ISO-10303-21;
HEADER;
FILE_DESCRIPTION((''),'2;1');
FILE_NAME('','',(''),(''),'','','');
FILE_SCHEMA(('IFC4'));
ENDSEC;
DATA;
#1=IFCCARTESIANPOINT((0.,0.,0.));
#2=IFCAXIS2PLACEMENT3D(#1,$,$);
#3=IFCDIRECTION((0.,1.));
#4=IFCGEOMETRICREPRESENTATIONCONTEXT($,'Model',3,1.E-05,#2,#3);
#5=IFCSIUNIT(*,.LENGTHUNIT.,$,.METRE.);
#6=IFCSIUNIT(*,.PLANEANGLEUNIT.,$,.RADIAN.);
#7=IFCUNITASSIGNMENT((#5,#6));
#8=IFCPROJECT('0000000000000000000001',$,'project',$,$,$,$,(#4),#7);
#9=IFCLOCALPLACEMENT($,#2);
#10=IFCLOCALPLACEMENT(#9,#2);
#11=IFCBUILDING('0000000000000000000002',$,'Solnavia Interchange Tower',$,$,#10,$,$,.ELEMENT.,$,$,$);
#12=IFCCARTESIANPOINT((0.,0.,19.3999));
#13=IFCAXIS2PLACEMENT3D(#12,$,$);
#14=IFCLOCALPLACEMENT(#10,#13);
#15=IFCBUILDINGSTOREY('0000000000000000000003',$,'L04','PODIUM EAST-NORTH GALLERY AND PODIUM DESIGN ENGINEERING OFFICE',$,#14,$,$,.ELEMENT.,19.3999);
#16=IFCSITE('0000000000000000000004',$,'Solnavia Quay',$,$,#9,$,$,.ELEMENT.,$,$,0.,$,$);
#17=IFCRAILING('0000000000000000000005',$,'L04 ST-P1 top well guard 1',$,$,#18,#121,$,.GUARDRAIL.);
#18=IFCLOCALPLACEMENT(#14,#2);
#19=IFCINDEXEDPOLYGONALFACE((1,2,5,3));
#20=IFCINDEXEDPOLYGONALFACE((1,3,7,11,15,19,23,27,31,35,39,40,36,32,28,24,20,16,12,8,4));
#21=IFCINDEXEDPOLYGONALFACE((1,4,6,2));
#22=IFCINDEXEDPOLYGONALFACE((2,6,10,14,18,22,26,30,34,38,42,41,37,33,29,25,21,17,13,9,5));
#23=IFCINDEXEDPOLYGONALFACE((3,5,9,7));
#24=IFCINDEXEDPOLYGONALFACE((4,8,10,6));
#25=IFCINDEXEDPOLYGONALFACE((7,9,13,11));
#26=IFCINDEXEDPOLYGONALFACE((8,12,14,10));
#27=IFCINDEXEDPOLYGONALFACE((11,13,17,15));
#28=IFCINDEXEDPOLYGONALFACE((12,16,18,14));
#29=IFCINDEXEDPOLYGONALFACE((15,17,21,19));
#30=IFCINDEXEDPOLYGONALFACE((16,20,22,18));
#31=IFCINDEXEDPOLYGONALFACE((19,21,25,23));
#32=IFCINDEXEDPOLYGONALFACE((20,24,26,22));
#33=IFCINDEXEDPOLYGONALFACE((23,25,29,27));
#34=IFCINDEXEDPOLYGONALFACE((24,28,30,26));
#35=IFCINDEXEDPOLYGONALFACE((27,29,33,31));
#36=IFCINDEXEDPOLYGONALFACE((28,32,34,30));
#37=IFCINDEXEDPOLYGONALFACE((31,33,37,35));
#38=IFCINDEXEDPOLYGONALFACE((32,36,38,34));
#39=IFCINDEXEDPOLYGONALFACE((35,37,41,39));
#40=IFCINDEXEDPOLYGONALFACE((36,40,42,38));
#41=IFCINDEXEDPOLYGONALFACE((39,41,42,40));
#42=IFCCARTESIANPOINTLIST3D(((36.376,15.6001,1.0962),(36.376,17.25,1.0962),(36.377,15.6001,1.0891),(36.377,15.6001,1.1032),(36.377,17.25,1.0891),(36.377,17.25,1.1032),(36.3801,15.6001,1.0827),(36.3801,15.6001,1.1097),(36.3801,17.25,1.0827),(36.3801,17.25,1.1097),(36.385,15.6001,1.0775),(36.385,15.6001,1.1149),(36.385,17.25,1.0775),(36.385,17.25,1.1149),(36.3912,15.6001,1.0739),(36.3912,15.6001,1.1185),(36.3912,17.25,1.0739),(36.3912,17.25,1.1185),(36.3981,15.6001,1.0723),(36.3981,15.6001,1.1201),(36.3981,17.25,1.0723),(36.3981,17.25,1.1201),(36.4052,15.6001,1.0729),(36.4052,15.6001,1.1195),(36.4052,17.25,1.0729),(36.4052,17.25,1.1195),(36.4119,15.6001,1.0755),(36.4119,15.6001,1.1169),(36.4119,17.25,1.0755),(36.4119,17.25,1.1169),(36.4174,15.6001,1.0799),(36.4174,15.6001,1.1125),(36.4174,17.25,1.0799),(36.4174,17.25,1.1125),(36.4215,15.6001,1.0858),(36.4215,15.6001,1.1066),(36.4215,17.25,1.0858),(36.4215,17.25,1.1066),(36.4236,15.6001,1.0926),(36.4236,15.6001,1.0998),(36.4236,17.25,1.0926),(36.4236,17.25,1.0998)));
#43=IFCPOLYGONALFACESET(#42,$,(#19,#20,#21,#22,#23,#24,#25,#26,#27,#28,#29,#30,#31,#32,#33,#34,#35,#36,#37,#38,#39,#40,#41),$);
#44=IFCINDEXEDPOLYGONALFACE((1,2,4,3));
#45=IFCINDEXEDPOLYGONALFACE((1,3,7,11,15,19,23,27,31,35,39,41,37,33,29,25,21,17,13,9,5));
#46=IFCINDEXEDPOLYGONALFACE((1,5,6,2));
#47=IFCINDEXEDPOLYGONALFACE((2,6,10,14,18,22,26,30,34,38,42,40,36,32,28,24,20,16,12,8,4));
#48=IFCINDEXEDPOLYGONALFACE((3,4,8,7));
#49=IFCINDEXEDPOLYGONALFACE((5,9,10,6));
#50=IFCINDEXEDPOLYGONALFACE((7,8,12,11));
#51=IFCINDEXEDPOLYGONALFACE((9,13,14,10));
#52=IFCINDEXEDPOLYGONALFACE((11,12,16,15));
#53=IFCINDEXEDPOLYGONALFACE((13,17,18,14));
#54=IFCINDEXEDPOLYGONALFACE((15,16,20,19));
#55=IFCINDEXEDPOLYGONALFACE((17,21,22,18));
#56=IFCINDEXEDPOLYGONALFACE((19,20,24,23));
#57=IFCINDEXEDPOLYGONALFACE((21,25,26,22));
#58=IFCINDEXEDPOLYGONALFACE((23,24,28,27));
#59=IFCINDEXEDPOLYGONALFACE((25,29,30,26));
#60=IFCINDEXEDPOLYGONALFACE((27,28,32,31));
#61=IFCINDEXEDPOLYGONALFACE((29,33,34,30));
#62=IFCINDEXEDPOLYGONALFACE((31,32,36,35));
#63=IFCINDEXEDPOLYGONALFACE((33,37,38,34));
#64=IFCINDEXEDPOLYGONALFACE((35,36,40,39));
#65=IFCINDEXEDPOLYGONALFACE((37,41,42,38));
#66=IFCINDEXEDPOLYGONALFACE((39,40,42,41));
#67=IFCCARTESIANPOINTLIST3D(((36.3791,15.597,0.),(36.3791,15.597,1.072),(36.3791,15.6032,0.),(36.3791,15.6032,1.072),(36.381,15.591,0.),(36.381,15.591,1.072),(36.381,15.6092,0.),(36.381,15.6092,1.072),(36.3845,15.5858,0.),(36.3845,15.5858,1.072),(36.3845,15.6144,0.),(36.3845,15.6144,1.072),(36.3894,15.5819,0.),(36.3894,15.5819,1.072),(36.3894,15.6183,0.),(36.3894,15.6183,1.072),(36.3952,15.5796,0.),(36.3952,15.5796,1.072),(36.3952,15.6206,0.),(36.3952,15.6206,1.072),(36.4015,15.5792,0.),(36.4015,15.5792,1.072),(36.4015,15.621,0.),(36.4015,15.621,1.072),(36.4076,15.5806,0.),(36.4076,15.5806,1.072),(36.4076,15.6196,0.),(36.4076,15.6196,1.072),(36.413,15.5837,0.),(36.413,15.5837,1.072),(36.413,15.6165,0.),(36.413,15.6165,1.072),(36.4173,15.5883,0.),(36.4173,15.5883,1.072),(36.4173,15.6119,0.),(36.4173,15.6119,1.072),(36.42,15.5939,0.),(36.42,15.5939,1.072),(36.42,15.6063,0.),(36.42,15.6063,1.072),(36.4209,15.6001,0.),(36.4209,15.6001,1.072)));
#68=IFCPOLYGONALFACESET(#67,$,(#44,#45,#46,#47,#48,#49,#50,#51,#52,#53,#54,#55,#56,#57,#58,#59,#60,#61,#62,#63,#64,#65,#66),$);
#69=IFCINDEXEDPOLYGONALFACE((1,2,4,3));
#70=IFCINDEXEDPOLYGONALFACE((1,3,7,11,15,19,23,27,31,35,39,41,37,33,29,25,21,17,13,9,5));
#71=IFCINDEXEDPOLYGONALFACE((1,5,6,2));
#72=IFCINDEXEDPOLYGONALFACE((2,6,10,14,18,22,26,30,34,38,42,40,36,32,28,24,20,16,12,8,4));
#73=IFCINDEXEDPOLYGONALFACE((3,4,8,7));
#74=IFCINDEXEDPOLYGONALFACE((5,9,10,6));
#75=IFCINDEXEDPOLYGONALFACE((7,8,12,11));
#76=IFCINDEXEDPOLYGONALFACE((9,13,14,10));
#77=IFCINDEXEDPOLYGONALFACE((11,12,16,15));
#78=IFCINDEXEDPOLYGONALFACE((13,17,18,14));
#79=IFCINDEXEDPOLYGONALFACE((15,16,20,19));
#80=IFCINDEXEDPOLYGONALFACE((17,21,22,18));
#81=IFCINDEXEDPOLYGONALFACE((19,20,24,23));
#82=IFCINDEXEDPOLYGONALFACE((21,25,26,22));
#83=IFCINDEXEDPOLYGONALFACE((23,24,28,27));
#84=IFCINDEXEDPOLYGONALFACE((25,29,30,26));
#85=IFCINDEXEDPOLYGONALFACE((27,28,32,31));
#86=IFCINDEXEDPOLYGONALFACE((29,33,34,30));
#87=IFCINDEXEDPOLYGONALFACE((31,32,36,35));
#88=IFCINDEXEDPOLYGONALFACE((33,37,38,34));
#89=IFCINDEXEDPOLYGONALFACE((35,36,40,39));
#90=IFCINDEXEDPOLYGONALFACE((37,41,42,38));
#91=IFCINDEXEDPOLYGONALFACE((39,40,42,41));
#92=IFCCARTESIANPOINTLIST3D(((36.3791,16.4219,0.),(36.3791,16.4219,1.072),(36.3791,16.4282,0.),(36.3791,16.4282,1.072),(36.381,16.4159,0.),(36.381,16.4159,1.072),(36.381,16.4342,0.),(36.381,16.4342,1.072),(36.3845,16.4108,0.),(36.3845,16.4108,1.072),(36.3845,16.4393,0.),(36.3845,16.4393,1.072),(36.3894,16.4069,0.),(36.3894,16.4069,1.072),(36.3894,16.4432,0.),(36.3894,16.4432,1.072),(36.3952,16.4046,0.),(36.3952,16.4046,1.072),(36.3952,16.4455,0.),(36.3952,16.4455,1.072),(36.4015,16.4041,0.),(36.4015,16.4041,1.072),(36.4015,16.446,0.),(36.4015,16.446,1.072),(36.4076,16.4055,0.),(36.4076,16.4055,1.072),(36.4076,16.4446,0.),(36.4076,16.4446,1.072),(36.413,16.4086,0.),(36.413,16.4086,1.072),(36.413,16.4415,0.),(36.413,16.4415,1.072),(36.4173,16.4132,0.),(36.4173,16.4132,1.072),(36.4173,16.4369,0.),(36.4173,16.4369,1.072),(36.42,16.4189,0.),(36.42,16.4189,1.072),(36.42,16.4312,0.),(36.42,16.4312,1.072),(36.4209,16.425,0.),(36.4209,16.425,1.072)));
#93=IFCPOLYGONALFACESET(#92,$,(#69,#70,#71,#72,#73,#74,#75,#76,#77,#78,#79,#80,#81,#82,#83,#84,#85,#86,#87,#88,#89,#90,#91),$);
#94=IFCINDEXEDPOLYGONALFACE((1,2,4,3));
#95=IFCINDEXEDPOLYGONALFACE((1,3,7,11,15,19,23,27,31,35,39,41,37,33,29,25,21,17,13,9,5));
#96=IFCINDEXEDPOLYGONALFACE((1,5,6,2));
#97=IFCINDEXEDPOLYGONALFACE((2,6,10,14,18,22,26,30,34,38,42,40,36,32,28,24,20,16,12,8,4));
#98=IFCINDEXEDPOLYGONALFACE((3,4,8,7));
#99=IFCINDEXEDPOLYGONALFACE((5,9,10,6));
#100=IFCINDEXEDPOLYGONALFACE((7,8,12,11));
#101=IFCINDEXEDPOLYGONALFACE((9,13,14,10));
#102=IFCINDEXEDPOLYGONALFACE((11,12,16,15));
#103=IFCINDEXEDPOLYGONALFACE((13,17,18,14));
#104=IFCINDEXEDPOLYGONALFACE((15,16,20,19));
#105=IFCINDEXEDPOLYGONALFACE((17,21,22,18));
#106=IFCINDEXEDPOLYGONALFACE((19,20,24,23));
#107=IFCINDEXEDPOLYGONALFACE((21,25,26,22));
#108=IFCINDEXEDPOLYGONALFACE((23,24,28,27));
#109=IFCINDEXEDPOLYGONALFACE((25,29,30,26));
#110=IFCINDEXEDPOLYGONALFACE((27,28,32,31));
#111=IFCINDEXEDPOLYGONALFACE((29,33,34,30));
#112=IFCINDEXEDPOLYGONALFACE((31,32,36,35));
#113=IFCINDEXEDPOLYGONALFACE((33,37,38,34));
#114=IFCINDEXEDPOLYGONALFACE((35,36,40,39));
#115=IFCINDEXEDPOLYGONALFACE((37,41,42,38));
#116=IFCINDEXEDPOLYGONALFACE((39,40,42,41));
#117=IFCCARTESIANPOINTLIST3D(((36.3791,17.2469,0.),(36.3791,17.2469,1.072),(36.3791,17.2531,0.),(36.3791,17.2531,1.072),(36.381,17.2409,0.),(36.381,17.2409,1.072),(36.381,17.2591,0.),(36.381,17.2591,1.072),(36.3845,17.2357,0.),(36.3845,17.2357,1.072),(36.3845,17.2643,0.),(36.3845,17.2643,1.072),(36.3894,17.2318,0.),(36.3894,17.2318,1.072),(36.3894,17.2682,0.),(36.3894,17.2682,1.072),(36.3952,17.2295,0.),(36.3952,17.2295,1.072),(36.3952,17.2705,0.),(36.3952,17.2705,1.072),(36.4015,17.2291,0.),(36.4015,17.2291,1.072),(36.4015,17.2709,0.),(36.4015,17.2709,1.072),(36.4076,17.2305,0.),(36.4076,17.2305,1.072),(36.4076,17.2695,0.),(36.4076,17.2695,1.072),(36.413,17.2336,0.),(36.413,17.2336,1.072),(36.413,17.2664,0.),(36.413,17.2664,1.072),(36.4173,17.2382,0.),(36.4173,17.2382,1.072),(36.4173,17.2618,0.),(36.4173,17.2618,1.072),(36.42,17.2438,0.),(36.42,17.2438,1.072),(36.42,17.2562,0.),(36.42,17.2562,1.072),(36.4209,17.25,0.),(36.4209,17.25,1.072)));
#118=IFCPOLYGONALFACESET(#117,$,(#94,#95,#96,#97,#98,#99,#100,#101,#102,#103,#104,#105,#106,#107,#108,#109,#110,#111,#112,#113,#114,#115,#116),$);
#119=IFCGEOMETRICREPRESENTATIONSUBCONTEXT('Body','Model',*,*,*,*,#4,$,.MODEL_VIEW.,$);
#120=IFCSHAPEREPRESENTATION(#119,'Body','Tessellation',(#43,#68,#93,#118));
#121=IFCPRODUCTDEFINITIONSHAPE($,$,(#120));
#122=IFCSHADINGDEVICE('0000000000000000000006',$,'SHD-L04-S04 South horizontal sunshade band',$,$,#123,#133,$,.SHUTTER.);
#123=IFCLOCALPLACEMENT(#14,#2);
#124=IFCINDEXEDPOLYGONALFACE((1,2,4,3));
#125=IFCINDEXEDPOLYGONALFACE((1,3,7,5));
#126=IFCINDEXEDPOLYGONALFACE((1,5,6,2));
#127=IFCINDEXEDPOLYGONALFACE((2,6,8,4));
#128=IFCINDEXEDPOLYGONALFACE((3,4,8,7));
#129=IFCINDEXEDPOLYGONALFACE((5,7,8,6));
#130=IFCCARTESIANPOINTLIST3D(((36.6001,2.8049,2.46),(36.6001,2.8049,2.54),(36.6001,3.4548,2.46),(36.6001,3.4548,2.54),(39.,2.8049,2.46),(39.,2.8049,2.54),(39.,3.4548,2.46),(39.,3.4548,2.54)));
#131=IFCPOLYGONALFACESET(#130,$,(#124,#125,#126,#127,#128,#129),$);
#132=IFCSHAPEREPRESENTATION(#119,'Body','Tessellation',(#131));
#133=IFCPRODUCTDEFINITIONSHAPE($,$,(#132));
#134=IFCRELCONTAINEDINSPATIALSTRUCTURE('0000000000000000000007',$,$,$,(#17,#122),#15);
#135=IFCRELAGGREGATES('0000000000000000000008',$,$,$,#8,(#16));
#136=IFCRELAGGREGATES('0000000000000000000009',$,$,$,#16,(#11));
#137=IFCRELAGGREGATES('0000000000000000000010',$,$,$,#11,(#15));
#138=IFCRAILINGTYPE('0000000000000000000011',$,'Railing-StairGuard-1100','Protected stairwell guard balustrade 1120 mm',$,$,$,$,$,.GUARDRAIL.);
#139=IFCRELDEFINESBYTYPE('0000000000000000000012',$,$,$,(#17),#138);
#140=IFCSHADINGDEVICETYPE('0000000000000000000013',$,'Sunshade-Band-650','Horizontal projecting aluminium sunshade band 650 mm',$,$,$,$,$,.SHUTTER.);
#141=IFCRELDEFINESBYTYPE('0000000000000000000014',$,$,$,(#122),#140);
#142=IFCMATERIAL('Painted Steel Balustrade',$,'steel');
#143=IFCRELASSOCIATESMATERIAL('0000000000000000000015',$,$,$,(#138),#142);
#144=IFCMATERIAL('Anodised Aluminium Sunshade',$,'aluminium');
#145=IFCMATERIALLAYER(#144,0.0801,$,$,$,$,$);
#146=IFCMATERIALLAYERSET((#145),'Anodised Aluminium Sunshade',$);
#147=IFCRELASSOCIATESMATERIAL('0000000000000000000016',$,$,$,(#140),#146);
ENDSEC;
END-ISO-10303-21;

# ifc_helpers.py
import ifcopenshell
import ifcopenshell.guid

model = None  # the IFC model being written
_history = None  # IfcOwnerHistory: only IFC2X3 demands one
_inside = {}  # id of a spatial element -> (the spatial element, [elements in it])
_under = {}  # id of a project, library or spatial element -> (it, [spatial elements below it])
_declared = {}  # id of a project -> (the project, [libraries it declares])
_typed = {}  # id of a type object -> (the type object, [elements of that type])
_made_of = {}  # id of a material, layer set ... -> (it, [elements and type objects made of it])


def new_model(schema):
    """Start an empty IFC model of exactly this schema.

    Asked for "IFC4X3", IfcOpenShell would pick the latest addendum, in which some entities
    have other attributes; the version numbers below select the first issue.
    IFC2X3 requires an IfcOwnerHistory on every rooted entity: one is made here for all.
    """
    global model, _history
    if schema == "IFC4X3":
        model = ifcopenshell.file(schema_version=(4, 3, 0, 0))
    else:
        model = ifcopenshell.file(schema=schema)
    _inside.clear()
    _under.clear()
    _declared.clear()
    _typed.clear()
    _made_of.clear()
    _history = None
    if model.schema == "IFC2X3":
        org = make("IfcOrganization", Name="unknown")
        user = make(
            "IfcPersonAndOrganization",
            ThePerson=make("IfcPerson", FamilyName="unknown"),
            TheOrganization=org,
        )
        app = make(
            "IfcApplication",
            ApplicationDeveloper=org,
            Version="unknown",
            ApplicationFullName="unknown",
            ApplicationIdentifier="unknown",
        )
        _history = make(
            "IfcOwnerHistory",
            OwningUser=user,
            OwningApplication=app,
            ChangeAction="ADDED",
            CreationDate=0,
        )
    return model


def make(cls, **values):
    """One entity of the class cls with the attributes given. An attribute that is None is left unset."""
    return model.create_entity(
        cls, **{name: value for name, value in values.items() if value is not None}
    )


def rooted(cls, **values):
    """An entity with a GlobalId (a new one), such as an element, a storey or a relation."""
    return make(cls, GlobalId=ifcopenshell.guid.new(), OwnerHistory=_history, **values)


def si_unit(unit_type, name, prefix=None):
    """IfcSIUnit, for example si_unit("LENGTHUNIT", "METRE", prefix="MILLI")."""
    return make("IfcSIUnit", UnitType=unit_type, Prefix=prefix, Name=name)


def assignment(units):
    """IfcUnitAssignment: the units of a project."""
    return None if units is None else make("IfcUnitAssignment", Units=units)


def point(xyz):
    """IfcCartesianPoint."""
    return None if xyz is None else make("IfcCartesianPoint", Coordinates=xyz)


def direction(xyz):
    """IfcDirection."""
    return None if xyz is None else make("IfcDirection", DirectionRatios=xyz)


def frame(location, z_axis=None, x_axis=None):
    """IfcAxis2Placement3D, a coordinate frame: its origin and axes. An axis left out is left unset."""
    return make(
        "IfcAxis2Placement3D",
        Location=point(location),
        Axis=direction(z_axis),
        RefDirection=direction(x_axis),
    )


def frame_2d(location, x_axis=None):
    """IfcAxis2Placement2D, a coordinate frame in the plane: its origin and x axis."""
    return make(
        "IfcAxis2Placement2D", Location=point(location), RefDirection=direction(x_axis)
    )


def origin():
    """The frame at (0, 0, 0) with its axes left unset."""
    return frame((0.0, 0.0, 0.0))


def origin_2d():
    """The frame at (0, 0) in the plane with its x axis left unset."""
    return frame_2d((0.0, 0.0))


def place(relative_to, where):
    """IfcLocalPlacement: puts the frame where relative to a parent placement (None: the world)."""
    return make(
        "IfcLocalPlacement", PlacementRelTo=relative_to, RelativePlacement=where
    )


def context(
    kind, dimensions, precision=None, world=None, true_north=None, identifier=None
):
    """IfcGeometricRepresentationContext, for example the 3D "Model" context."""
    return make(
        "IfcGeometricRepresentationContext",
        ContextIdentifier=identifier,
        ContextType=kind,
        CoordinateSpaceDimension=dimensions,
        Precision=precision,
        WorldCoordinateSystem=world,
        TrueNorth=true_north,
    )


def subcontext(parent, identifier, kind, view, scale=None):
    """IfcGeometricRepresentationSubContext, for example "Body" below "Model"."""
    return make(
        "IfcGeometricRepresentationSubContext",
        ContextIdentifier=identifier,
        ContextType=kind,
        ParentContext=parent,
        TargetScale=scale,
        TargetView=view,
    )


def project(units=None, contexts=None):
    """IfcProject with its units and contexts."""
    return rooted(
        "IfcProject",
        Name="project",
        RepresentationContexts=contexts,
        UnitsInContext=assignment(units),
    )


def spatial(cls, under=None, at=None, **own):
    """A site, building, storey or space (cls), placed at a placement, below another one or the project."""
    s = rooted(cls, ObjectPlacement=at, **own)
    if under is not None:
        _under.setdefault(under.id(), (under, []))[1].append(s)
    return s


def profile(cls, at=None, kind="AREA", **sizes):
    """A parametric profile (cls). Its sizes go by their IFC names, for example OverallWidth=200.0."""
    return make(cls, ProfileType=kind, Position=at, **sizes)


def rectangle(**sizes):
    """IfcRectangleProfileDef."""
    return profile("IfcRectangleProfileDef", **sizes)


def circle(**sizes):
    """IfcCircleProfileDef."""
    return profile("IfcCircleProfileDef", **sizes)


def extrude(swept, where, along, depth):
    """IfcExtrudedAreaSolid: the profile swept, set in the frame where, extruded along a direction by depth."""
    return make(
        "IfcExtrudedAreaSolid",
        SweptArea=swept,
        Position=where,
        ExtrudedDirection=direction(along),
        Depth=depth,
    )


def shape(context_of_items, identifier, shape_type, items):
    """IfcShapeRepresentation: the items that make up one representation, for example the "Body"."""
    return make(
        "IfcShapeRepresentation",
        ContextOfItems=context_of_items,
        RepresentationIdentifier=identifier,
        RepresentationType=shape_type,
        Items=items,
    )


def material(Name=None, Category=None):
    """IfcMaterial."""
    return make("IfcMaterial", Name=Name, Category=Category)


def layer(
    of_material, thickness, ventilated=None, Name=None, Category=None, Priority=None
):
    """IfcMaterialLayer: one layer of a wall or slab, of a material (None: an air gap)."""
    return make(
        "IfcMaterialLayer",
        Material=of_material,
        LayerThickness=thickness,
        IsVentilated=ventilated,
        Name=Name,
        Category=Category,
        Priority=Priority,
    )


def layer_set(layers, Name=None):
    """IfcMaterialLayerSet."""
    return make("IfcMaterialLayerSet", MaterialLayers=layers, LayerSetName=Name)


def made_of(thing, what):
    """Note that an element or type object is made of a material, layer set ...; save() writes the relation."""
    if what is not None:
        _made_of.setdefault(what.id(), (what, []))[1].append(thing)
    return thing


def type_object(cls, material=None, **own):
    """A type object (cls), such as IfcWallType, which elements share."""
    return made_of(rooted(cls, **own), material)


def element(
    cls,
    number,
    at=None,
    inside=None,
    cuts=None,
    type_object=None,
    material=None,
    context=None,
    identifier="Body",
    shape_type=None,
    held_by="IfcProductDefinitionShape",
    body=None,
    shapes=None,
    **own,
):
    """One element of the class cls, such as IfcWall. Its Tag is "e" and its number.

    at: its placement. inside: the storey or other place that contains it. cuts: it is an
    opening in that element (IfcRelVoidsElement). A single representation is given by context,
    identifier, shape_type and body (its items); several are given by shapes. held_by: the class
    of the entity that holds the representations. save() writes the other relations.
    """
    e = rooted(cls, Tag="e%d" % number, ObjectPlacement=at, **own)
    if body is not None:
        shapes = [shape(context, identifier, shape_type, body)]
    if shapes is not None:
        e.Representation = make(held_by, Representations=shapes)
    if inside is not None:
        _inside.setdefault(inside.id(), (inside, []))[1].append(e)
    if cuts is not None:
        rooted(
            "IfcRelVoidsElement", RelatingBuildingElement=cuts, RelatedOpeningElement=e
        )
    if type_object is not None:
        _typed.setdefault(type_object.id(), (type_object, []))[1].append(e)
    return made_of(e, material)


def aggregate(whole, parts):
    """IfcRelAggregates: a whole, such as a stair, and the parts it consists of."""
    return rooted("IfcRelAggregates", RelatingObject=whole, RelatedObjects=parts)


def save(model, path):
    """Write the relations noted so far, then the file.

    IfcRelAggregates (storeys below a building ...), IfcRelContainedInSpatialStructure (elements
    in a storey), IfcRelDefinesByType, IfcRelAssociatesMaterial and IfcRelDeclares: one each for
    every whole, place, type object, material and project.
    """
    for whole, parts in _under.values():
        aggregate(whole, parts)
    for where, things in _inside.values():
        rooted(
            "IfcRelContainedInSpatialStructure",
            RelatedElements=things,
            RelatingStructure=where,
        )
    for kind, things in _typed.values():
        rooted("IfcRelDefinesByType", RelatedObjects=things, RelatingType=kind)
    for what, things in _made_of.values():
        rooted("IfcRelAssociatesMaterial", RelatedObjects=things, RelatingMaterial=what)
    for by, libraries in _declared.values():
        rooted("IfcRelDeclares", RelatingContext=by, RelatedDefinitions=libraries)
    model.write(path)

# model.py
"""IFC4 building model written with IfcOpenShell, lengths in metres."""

from ifc_helpers import new_model, si_unit, direction, frame, origin, origin_2d, place, context, subcontext, project, spatial, rectangle, circle, extrude, material, layer, layer_set, type_object, element, save


model = new_model("IFC4")

# Units and contexts
model_context = context("Model", 3, precision=1e-05, world=origin(), true_north=direction((0.0, 1.0)))
body_context = subcontext(model_context, "Body", "Model", "MODEL_VIEW")
ifc_project = project(units=[si_unit("LENGTHUNIT", "METRE"), si_unit("PLANEANGLEUNIT", "RADIAN")], contexts=[model_context])

# Site, building, storey
site_placement = place(None, origin())
site = spatial("IfcSite", under=ifc_project, at=site_placement, Name="Solnavia Quay", CompositionType="ELEMENT", RefElevation=0.0)
building_placement = place(site_placement, origin())
building = spatial("IfcBuilding", under=site, at=building_placement, Name="Solnavia Interchange Tower", CompositionType="ELEMENT")
storey_placement = place(building_placement, frame((0.0, 0.0, 19.3999)))
storey = spatial("IfcBuildingStorey", under=building, at=storey_placement, Name="L04", Description="PODIUM EAST-NORTH GALLERY AND PODIUM DESIGN ENGINEERING OFFICE", CompositionType="ELEMENT", Elevation=19.3999)

# Railing
ifc_material_1 = material(Name="Painted Steel Balustrade", Category="steel")
railing_type = type_object("IfcRailingType", Name="Railing-StairGuard-1100", Description="Protected stairwell guard balustrade 1120 mm", PredefinedType="GUARDRAIL", material=ifc_material_1)
railing_placement = place(storey_placement, frame((36.3999, 15.6001, 0.0)))
element("IfcRailing", 1, at=railing_placement, inside=storey, type_object=railing_type, Name="L04 ST-P1 top well guard 1", PredefinedType="GUARDRAIL", context=body_context, shape_type="SweptSolid", body=[
    extrude(circle(Radius=0.0239, at=origin_2d()), frame((0.0, 0.0, 1.0962), z_axis=(0.0, 1.0, 0.0), x_axis=(-1.0, 0.0, 0.0)), (0.0, 0.0, 1.0), 1.6499),
    extrude(circle(Radius=0.021, at=origin_2d()), origin(), (0.0, 0.0, 1.0), 1.072),
    extrude(circle(Radius=0.021, at=origin_2d()), frame((0.0, 0.825, 0.0)), (0.0, 0.0, 1.0), 1.072),
    extrude(circle(Radius=0.021, at=origin_2d()), frame((0.0, 1.6499, 0.0)), (0.0, 0.0, 1.0), 1.072),
])

# Shading device
ifc_material_2 = material(Name="Anodised Aluminium Sunshade", Category="aluminium")
ifc_layer_1 = layer(ifc_material_2, 0.0801)
ifc_layer_set_1 = layer_set([ifc_layer_1], Name="Anodised Aluminium Sunshade")
shading_device_type = type_object("IfcShadingDeviceType", Name="Sunshade-Band-650", Description="Horizontal projecting aluminium sunshade band 650 mm", PredefinedType="SHUTTER", material=ifc_layer_set_1)
shading_device_placement = place(storey_placement, frame((37.8, 3.1299, 2.46), z_axis=(0.0, 0.0, 1.0), x_axis=(1.0, 0.0, 0.0)))
element("IfcShadingDevice", 2, at=shading_device_placement, inside=storey, type_object=shading_device_type, Name="SHD-L04-S04 South horizontal sunshade band", PredefinedType="SHUTTER", context=body_context, shape_type="SweptSolid", body=[
    extrude(rectangle(XDim=2.3999, YDim=0.6499, at=origin_2d()), origin(), (0.0, 0.0, 1.0), 0.0801),
])

save(model, "model.ifc")
